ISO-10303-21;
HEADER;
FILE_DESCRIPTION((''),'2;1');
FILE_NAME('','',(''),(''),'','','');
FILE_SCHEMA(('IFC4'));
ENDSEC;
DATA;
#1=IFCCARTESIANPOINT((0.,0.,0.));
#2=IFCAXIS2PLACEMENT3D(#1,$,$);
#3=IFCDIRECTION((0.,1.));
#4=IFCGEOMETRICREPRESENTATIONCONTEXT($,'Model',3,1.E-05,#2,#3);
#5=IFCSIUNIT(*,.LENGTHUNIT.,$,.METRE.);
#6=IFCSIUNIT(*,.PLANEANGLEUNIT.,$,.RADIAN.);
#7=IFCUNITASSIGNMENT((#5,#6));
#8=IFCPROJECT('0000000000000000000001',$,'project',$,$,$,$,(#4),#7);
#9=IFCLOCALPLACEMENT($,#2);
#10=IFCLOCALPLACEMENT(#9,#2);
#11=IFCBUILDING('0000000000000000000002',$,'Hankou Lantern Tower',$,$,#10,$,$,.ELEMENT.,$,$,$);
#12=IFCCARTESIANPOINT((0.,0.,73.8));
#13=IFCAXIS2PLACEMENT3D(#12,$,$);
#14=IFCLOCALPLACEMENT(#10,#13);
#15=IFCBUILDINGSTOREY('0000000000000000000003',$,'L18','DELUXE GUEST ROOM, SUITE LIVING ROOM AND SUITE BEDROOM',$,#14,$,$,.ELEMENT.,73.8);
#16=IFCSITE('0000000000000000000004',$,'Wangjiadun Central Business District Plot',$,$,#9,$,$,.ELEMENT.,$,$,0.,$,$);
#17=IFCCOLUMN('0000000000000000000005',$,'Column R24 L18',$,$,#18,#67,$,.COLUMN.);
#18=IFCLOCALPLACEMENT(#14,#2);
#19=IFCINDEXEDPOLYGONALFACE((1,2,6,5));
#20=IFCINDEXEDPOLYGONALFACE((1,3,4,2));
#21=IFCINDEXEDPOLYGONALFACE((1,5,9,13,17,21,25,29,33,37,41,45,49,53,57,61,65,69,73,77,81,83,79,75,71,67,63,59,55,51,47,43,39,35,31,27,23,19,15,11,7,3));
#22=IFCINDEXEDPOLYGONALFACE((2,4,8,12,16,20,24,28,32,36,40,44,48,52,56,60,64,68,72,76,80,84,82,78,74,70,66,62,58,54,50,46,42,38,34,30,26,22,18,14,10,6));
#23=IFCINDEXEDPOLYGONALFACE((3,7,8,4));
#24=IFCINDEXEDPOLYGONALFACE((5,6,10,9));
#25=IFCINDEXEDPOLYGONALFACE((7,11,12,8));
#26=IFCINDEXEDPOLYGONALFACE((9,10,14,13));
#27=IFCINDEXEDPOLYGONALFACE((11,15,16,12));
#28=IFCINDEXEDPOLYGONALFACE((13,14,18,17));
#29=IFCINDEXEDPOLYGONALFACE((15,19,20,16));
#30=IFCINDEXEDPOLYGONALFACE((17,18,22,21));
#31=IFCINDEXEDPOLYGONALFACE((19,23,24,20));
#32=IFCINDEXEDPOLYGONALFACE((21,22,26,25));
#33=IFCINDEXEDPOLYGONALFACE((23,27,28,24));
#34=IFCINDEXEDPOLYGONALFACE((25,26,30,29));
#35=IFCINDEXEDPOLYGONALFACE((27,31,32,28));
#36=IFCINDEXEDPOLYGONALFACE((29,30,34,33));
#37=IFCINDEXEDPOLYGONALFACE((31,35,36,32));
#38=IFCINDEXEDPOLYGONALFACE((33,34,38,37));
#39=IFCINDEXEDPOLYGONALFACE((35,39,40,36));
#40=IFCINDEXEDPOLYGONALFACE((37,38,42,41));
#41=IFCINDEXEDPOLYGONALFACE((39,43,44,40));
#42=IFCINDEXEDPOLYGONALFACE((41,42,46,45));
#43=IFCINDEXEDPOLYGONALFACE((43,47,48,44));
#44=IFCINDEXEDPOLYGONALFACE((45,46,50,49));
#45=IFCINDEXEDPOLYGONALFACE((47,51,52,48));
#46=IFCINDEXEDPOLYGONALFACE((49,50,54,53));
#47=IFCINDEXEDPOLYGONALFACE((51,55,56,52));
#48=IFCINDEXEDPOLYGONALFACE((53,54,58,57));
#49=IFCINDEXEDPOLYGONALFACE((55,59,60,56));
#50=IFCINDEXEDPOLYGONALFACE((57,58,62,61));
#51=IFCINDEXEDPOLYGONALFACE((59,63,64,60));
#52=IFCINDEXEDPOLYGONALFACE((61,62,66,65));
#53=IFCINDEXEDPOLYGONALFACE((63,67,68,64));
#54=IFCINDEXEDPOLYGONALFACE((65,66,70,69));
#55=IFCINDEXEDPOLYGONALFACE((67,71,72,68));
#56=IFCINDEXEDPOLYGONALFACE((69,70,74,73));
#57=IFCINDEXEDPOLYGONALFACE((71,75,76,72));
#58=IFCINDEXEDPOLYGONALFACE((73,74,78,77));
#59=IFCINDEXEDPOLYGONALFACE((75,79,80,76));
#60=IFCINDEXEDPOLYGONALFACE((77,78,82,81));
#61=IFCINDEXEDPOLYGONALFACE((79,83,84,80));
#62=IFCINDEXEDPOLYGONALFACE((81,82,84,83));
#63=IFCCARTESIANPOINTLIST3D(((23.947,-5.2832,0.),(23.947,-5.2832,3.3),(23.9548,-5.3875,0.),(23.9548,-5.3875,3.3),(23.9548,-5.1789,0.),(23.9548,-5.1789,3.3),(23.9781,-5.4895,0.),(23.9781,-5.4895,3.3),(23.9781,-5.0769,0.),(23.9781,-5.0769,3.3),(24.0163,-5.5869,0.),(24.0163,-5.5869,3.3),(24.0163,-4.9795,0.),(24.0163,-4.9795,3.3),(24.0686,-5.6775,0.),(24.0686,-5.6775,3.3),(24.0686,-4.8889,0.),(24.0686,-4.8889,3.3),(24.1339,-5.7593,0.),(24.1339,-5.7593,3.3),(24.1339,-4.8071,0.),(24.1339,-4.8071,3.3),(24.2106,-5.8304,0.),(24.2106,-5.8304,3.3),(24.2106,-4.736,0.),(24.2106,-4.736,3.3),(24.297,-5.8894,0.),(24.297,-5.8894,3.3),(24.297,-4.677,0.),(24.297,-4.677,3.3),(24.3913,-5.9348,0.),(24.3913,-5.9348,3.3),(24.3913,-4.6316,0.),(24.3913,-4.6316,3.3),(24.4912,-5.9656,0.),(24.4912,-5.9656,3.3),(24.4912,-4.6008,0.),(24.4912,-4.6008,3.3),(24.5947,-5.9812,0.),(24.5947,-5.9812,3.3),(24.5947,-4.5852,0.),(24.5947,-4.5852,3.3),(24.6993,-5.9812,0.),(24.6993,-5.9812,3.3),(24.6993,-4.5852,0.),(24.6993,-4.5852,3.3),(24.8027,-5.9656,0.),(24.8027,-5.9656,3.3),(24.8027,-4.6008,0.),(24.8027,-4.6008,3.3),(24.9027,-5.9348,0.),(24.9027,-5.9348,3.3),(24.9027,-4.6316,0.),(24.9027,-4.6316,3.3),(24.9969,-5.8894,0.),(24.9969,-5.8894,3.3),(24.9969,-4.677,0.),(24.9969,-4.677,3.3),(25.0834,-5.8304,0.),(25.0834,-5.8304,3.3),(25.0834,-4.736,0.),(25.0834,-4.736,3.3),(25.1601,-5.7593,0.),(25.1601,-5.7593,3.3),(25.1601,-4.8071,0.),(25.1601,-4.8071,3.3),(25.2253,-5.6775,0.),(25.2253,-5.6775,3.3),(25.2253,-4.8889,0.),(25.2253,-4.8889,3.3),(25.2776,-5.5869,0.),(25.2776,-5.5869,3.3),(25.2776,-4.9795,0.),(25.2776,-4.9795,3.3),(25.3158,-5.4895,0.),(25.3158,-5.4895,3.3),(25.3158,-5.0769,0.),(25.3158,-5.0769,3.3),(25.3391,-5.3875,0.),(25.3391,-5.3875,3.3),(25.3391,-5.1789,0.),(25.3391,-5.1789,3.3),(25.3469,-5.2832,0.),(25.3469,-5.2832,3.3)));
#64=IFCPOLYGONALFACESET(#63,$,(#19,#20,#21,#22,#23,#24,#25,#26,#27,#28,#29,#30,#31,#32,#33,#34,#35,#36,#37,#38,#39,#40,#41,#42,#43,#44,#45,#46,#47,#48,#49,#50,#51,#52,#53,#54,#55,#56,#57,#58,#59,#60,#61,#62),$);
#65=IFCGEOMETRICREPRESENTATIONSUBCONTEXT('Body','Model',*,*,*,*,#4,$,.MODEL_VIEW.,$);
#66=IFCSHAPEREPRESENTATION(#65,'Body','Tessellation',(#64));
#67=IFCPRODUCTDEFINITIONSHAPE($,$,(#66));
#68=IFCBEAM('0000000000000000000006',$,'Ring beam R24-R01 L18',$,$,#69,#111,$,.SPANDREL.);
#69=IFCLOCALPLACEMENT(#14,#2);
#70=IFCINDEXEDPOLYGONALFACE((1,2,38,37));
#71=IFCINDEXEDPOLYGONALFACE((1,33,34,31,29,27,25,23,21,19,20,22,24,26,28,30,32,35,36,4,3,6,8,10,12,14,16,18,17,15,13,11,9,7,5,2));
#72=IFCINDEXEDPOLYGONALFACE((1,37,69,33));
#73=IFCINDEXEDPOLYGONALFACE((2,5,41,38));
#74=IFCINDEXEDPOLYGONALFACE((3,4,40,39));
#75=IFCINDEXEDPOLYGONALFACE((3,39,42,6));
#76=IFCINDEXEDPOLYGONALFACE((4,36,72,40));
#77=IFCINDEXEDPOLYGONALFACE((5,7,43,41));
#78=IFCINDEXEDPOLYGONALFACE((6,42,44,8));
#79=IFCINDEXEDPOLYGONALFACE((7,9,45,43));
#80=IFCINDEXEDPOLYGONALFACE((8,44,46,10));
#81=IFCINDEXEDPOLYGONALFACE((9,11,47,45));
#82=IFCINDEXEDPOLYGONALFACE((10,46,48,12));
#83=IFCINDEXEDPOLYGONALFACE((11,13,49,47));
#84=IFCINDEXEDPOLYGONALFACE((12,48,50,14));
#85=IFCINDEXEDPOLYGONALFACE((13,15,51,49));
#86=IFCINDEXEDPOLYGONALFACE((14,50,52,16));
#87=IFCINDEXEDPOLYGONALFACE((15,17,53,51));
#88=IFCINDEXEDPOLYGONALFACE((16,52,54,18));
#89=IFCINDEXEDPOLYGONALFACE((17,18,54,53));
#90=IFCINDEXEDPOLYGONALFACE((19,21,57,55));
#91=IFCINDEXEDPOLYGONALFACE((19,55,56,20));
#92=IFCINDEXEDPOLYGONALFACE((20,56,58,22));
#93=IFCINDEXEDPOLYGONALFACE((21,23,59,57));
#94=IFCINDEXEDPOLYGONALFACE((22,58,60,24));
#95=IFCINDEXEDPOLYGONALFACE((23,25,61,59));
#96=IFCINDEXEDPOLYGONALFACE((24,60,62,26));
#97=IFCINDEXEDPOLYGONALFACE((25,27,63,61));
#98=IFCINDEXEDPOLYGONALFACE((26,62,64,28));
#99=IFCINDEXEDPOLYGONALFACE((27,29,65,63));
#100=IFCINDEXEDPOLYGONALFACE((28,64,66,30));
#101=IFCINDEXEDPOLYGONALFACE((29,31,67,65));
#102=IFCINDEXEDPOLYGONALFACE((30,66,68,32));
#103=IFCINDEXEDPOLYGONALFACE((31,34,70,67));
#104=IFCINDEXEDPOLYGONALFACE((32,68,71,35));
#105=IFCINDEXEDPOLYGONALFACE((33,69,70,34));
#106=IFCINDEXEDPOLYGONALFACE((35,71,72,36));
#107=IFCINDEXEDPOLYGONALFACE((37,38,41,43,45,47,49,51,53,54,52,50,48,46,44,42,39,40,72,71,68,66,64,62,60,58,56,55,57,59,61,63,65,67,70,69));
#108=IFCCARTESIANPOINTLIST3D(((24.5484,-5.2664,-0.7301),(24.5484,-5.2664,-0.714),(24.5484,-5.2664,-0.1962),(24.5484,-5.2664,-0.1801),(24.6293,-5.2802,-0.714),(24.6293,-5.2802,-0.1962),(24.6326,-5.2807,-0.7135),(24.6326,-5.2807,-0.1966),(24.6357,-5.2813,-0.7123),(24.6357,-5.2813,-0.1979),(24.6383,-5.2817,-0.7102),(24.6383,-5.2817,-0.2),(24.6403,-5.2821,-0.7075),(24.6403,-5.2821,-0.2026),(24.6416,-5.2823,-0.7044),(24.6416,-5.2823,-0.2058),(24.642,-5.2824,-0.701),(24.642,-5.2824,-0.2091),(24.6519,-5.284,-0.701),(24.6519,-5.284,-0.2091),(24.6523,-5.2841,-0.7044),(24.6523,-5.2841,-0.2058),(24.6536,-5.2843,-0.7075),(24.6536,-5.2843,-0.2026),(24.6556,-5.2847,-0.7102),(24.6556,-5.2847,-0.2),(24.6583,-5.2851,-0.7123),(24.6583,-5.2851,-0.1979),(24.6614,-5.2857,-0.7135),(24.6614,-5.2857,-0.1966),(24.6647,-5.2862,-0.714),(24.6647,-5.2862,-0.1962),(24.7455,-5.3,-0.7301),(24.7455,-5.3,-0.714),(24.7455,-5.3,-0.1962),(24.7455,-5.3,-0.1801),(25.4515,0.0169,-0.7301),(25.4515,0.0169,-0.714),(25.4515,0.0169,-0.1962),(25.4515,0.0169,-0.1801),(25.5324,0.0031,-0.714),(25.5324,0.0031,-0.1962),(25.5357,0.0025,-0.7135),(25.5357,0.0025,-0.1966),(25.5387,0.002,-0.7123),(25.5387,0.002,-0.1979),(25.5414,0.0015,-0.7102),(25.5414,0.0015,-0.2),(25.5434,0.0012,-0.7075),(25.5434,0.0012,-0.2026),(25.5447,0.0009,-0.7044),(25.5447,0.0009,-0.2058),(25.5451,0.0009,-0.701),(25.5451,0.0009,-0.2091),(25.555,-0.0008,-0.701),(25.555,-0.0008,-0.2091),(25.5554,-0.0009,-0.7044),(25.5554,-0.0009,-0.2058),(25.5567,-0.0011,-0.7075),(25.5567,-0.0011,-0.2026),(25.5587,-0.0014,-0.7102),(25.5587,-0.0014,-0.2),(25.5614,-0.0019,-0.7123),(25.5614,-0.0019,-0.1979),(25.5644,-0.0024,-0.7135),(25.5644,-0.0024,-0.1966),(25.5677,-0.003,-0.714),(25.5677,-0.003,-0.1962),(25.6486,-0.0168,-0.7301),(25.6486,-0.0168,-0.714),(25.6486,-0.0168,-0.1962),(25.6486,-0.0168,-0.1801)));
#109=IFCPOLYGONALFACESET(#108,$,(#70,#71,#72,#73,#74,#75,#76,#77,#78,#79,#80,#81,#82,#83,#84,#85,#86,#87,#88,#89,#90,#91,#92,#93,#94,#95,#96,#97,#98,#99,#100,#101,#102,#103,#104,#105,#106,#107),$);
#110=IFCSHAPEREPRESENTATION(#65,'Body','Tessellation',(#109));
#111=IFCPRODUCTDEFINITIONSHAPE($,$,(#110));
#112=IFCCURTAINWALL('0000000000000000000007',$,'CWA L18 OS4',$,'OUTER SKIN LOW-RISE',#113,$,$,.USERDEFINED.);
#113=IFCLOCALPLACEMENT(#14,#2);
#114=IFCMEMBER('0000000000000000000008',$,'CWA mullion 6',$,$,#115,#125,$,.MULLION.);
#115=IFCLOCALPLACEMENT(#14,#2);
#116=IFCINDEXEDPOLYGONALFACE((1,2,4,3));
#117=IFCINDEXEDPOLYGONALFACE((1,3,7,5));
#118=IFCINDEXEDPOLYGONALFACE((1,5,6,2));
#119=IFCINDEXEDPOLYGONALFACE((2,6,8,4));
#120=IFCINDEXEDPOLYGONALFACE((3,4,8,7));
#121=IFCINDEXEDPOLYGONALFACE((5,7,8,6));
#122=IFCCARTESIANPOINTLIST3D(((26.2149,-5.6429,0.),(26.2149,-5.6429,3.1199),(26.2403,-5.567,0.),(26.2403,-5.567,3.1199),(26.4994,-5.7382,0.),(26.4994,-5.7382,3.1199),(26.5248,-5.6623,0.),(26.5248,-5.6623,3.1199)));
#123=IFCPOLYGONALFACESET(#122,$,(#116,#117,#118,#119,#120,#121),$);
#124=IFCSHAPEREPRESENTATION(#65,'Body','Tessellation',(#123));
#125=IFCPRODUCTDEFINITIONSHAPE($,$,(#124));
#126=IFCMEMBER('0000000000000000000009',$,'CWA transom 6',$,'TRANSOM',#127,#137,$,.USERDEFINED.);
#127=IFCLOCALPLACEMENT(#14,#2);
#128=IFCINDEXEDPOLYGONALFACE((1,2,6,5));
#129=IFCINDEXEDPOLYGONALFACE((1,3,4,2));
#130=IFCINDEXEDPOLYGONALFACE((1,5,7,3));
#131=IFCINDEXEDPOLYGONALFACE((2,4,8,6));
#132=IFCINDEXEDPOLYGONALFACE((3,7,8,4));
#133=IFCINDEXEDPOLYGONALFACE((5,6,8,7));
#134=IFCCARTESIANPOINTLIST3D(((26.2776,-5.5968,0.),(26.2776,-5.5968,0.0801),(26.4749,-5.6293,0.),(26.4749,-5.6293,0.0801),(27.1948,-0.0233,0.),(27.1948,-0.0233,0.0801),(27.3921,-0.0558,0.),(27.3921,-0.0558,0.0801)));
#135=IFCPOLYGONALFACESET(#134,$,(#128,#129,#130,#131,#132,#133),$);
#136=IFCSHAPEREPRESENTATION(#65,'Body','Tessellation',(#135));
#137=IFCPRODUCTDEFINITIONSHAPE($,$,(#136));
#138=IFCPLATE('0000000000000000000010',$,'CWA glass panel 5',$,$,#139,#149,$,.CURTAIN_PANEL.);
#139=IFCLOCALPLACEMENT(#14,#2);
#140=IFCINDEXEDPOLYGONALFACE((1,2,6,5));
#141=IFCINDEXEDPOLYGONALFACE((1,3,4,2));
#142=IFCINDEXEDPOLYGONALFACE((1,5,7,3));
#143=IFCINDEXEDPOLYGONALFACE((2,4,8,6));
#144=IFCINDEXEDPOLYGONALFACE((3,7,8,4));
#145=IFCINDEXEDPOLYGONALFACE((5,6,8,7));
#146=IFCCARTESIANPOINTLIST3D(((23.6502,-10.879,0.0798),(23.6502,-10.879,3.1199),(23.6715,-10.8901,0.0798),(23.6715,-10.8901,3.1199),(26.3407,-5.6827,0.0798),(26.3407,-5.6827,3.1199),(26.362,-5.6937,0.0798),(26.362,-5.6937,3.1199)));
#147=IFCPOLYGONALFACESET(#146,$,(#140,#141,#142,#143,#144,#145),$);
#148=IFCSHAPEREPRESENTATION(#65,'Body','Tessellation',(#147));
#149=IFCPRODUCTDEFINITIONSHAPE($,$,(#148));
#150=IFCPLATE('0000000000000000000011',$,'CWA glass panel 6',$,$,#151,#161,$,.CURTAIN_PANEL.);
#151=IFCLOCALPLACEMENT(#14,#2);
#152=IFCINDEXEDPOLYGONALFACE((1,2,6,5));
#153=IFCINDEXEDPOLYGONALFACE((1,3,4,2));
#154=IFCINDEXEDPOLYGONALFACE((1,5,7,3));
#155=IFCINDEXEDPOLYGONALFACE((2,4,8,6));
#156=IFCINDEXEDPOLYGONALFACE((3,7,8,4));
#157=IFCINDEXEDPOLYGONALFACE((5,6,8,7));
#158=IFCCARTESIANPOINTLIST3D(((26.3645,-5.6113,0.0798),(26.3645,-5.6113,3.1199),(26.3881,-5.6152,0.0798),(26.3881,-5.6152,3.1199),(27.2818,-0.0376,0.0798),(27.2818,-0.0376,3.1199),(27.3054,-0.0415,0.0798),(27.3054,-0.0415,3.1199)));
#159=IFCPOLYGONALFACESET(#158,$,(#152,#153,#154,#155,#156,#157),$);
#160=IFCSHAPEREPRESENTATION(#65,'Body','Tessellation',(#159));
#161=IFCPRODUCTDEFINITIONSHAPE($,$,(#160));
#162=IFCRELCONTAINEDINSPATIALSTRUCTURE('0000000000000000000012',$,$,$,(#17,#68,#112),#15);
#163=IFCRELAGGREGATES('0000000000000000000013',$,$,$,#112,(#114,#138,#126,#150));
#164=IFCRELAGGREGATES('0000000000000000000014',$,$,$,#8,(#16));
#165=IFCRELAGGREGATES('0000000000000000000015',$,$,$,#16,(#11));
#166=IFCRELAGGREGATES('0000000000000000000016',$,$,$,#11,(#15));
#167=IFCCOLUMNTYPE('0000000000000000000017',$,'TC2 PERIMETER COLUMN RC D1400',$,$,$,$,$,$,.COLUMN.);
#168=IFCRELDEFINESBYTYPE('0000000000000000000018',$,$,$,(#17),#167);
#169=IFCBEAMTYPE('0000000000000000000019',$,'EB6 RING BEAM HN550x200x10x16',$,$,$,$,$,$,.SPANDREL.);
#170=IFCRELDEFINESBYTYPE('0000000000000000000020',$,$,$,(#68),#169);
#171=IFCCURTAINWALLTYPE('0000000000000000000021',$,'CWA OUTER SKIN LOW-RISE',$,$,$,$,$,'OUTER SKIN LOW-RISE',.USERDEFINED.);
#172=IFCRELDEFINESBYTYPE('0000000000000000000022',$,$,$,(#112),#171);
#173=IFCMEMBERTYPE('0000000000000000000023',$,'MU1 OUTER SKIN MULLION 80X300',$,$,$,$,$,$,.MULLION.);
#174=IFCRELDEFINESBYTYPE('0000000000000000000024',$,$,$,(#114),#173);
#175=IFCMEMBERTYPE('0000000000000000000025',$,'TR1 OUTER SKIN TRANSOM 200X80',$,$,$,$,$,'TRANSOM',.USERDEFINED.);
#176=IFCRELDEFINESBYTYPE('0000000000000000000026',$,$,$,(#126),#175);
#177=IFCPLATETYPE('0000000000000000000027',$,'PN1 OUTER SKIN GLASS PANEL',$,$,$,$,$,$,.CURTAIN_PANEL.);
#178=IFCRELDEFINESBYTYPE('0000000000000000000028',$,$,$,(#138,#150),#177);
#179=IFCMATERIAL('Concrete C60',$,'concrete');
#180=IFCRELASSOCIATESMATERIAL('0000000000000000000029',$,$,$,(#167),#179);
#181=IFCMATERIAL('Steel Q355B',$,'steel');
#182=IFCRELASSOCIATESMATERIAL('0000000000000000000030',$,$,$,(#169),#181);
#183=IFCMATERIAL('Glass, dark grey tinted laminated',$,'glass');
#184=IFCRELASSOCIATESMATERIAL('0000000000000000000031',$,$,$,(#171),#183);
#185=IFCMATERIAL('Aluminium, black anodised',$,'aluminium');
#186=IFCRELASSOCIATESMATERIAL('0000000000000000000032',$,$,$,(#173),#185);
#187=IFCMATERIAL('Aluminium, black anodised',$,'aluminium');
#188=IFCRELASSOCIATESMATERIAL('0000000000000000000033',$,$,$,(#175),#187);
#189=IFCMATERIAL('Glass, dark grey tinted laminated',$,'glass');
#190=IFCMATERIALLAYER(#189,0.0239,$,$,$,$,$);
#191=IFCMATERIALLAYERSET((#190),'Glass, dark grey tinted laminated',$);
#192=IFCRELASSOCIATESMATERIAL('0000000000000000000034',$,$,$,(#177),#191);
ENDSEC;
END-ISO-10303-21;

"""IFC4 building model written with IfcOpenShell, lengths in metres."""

from ifc_helpers import new_model, si_unit, direction, frame, origin, origin_2d, place, context, subcontext, project, spatial, rectangle, circle, i_section, extrude, material, layer, layer_set, material_profile, profile_set, type_object, element, aggregate, save


model = new_model("IFC4")

# Units and contexts
model_context = context("Model", 3, precision=1e-05, world=origin(), true_north=direction((0.0, 1.0)))
body_context = subcontext(model_context, "Body", "Model", "MODEL_VIEW")
ifc_project = project(units=[si_unit("LENGTHUNIT", "METRE"), si_unit("PLANEANGLEUNIT", "RADIAN")], contexts=[model_context])

# Site, building, storey
site_placement = place(None, origin())
site = spatial("IfcSite", under=ifc_project, at=site_placement, Name="Wangjiadun Central Business District Plot", CompositionType="ELEMENT", RefElevation=0.0)
building_placement = place(site_placement, origin())
building = spatial("IfcBuilding", under=site, at=building_placement, Name="Hankou Lantern Tower", CompositionType="ELEMENT")
storey_placement = place(building_placement, frame((0.0, 0.0, 73.8)))
storey = spatial("IfcBuildingStorey", under=building, at=storey_placement, Name="L18", Description="DELUXE GUEST ROOM, SUITE LIVING ROOM AND SUITE BEDROOM", CompositionType="ELEMENT", Elevation=73.8)

# Column
ifc_material_1 = material(Name="Concrete C60", Category="concrete")
ifc_material_profile_1 = material_profile(ifc_material_1, circle(Radius=0.7, at=origin_2d()), Name="RC D1400")
ifc_profile_set_1 = profile_set([ifc_material_profile_1], Name="Concrete C60")
column_type = type_object("IfcColumnType", Name="TC2 PERIMETER COLUMN RC D1400", PredefinedType="COLUMN", material=ifc_profile_set_1)
column_placement = place(storey_placement, frame((24.647, -5.2832, 0.0), z_axis=(0.0, 0.0, 1.0), x_axis=(1.0, 0.0, 0.0)))
element("IfcColumn", 1, at=column_placement, inside=storey, type_object=column_type, Name="Column R24 L18", PredefinedType="COLUMN", context=body_context, shape_type="SweptSolid", body=[
    extrude(circle(Radius=0.7, at=origin_2d()), origin(), (0.0, 0.0, 1.0), 3.3),
])

# Beam
ifc_material_2 = material(Name="Steel Q355B", Category="steel")
ifc_material_profile_2 = material_profile(ifc_material_2, i_section(OverallWidth=0.2, OverallDepth=0.55, WebThickness=0.01, FlangeThickness=0.0161, FilletRadius=0.0129, at=origin_2d()), Name="HN550x200x10x16")
ifc_profile_set_2 = profile_set([ifc_material_profile_2], Name="Steel Q355B")
beam_type = type_object("IfcBeamType", Name="EB6 RING BEAM HN550x200x10x16", PredefinedType="SPANDREL", material=ifc_profile_set_2)
beam_placement = place(storey_placement, frame((24.647, -5.2832, -0.4551), z_axis=(0.16849, 0.985703, 0.0), x_axis=(-0.985703, 0.16849, 0.0)))
element("IfcBeam", 2, at=beam_placement, inside=storey, type_object=beam_type, Name="Ring beam R24-R01 L18", PredefinedType="SPANDREL", context=body_context, shape_type="SweptSolid", body=[
    extrude(i_section(OverallWidth=0.2, OverallDepth=0.55, WebThickness=0.01, FlangeThickness=0.0161, FilletRadius=0.0129, at=origin_2d()), origin(), (0.0, 0.0, 1.0), 5.3599),
])

# Curtain wall, members, plates
ifc_material_3 = material(Name="Glass, dark grey tinted laminated", Category="glass")
curtain_wall_type = type_object("IfcCurtainWallType", Name="CWA OUTER SKIN LOW-RISE", ElementType="OUTER SKIN LOW-RISE", PredefinedType="USERDEFINED", material=ifc_material_3)
curtain_wall_placement = place(storey_placement, origin())
curtain_wall = element("IfcCurtainWall", 3, at=curtain_wall_placement, inside=storey, type_object=curtain_wall_type, Name="CWA L18 OS4", ObjectType="OUTER SKIN LOW-RISE", PredefinedType="USERDEFINED")
ifc_material_4 = material(Name="Aluminium, black anodised", Category="aluminium")
ifc_material_profile_3 = material_profile(ifc_material_4, rectangle(XDim=0.0801, YDim=0.3, at=origin_2d()), Name="MU1 80X300")
ifc_profile_set_3 = profile_set([ifc_material_profile_3], Name="Aluminium, black anodised")
member_type_1 = type_object("IfcMemberType", Name="MU1 OUTER SKIN MULLION 80X300", PredefinedType="MULLION", material=ifc_profile_set_3)
member_1_placement = place(storey_placement, frame((26.3699, -5.6526, 0.0), z_axis=(0.0, 0.0, 1.0), x_axis=(0.317596, 0.948226, 0.0)))
member_1 = element("IfcMember", 4, at=member_1_placement, type_object=member_type_1, Name="CWA mullion 6", PredefinedType="MULLION", context=body_context, shape_type="SweptSolid", body=[
    extrude(rectangle(XDim=0.0801, YDim=0.3, at=origin_2d()), origin(), (0.0, 0.0, 1.0), 3.1199),
])
ifc_material_5 = material(Name="Aluminium, black anodised", Category="aluminium")
ifc_material_profile_4 = material_profile(ifc_material_5, rectangle(XDim=0.2, YDim=0.0801, at=origin_2d()), Name="TR1 200X80")
ifc_profile_set_4 = profile_set([ifc_material_profile_4], Name="Aluminium, black anodised")
member_type_2 = type_object("IfcMemberType", Name="TR1 OUTER SKIN TRANSOM 200X80", ElementType="TRANSOM", PredefinedType="USERDEFINED", material=ifc_profile_set_4)
member_2_placement = place(storey_placement, frame((26.3762, -5.613, 0.04), z_axis=(0.162387, 0.986727, 0.0), x_axis=(-0.986727, 0.162387, 0.0)))
member_2 = element("IfcMember", 5, at=member_2_placement, type_object=member_type_2, Name="CWA transom 6", ObjectType="TRANSOM", PredefinedType="USERDEFINED", context=body_context, shape_type="SweptSolid", body=[
    extrude(rectangle(XDim=0.2, YDim=0.0801, at=origin_2d()), origin(), (0.0, 0.0, 1.0), 5.6484),
])
ifc_material_6 = material(Name="Glass, dark grey tinted laminated", Category="glass")
ifc_layer_1 = layer(ifc_material_6, 0.0239)
ifc_layer_set_1 = layer_set([ifc_layer_1], Name="Glass, dark grey tinted laminated")
plate_type = type_object("IfcPlateType", Name="PN1 OUTER SKIN GLASS PANEL", PredefinedType="CURTAIN_PANEL", material=ifc_layer_set_1)
plate_1_placement = place(storey_placement, frame((25.0061, -8.2864, 0.0798), z_axis=(0.0, 0.0, 1.0), x_axis=(0.459791, 0.888027, 0.0)))
plate_1 = element("IfcPlate", 6, at=plate_1_placement, type_object=plate_type, Name="CWA glass panel 5", PredefinedType="CURTAIN_PANEL", context=body_context, shape_type="SweptSolid", body=[
    extrude(rectangle(XDim=5.8516, YDim=0.0239, at=origin_2d()), origin(), (0.0, 0.0, 1.0), 3.04),
])
plate_2_placement = place(storey_placement, frame((26.835, -2.8264, 0.0798), z_axis=(0.0, 0.0, 1.0), x_axis=(0.162382, 0.986728, 0.0)))
plate_2 = element("IfcPlate", 7, at=plate_2_placement, type_object=plate_type, Name="CWA glass panel 6", PredefinedType="CURTAIN_PANEL", context=body_context, shape_type="SweptSolid", body=[
    extrude(rectangle(XDim=5.6487, YDim=0.0239, at=origin_2d()), origin(), (0.0, 0.0, 1.0), 3.04),
])
aggregate(curtain_wall, [member_1, plate_1, member_2, plate_2])

save(model, "model.ifc")
